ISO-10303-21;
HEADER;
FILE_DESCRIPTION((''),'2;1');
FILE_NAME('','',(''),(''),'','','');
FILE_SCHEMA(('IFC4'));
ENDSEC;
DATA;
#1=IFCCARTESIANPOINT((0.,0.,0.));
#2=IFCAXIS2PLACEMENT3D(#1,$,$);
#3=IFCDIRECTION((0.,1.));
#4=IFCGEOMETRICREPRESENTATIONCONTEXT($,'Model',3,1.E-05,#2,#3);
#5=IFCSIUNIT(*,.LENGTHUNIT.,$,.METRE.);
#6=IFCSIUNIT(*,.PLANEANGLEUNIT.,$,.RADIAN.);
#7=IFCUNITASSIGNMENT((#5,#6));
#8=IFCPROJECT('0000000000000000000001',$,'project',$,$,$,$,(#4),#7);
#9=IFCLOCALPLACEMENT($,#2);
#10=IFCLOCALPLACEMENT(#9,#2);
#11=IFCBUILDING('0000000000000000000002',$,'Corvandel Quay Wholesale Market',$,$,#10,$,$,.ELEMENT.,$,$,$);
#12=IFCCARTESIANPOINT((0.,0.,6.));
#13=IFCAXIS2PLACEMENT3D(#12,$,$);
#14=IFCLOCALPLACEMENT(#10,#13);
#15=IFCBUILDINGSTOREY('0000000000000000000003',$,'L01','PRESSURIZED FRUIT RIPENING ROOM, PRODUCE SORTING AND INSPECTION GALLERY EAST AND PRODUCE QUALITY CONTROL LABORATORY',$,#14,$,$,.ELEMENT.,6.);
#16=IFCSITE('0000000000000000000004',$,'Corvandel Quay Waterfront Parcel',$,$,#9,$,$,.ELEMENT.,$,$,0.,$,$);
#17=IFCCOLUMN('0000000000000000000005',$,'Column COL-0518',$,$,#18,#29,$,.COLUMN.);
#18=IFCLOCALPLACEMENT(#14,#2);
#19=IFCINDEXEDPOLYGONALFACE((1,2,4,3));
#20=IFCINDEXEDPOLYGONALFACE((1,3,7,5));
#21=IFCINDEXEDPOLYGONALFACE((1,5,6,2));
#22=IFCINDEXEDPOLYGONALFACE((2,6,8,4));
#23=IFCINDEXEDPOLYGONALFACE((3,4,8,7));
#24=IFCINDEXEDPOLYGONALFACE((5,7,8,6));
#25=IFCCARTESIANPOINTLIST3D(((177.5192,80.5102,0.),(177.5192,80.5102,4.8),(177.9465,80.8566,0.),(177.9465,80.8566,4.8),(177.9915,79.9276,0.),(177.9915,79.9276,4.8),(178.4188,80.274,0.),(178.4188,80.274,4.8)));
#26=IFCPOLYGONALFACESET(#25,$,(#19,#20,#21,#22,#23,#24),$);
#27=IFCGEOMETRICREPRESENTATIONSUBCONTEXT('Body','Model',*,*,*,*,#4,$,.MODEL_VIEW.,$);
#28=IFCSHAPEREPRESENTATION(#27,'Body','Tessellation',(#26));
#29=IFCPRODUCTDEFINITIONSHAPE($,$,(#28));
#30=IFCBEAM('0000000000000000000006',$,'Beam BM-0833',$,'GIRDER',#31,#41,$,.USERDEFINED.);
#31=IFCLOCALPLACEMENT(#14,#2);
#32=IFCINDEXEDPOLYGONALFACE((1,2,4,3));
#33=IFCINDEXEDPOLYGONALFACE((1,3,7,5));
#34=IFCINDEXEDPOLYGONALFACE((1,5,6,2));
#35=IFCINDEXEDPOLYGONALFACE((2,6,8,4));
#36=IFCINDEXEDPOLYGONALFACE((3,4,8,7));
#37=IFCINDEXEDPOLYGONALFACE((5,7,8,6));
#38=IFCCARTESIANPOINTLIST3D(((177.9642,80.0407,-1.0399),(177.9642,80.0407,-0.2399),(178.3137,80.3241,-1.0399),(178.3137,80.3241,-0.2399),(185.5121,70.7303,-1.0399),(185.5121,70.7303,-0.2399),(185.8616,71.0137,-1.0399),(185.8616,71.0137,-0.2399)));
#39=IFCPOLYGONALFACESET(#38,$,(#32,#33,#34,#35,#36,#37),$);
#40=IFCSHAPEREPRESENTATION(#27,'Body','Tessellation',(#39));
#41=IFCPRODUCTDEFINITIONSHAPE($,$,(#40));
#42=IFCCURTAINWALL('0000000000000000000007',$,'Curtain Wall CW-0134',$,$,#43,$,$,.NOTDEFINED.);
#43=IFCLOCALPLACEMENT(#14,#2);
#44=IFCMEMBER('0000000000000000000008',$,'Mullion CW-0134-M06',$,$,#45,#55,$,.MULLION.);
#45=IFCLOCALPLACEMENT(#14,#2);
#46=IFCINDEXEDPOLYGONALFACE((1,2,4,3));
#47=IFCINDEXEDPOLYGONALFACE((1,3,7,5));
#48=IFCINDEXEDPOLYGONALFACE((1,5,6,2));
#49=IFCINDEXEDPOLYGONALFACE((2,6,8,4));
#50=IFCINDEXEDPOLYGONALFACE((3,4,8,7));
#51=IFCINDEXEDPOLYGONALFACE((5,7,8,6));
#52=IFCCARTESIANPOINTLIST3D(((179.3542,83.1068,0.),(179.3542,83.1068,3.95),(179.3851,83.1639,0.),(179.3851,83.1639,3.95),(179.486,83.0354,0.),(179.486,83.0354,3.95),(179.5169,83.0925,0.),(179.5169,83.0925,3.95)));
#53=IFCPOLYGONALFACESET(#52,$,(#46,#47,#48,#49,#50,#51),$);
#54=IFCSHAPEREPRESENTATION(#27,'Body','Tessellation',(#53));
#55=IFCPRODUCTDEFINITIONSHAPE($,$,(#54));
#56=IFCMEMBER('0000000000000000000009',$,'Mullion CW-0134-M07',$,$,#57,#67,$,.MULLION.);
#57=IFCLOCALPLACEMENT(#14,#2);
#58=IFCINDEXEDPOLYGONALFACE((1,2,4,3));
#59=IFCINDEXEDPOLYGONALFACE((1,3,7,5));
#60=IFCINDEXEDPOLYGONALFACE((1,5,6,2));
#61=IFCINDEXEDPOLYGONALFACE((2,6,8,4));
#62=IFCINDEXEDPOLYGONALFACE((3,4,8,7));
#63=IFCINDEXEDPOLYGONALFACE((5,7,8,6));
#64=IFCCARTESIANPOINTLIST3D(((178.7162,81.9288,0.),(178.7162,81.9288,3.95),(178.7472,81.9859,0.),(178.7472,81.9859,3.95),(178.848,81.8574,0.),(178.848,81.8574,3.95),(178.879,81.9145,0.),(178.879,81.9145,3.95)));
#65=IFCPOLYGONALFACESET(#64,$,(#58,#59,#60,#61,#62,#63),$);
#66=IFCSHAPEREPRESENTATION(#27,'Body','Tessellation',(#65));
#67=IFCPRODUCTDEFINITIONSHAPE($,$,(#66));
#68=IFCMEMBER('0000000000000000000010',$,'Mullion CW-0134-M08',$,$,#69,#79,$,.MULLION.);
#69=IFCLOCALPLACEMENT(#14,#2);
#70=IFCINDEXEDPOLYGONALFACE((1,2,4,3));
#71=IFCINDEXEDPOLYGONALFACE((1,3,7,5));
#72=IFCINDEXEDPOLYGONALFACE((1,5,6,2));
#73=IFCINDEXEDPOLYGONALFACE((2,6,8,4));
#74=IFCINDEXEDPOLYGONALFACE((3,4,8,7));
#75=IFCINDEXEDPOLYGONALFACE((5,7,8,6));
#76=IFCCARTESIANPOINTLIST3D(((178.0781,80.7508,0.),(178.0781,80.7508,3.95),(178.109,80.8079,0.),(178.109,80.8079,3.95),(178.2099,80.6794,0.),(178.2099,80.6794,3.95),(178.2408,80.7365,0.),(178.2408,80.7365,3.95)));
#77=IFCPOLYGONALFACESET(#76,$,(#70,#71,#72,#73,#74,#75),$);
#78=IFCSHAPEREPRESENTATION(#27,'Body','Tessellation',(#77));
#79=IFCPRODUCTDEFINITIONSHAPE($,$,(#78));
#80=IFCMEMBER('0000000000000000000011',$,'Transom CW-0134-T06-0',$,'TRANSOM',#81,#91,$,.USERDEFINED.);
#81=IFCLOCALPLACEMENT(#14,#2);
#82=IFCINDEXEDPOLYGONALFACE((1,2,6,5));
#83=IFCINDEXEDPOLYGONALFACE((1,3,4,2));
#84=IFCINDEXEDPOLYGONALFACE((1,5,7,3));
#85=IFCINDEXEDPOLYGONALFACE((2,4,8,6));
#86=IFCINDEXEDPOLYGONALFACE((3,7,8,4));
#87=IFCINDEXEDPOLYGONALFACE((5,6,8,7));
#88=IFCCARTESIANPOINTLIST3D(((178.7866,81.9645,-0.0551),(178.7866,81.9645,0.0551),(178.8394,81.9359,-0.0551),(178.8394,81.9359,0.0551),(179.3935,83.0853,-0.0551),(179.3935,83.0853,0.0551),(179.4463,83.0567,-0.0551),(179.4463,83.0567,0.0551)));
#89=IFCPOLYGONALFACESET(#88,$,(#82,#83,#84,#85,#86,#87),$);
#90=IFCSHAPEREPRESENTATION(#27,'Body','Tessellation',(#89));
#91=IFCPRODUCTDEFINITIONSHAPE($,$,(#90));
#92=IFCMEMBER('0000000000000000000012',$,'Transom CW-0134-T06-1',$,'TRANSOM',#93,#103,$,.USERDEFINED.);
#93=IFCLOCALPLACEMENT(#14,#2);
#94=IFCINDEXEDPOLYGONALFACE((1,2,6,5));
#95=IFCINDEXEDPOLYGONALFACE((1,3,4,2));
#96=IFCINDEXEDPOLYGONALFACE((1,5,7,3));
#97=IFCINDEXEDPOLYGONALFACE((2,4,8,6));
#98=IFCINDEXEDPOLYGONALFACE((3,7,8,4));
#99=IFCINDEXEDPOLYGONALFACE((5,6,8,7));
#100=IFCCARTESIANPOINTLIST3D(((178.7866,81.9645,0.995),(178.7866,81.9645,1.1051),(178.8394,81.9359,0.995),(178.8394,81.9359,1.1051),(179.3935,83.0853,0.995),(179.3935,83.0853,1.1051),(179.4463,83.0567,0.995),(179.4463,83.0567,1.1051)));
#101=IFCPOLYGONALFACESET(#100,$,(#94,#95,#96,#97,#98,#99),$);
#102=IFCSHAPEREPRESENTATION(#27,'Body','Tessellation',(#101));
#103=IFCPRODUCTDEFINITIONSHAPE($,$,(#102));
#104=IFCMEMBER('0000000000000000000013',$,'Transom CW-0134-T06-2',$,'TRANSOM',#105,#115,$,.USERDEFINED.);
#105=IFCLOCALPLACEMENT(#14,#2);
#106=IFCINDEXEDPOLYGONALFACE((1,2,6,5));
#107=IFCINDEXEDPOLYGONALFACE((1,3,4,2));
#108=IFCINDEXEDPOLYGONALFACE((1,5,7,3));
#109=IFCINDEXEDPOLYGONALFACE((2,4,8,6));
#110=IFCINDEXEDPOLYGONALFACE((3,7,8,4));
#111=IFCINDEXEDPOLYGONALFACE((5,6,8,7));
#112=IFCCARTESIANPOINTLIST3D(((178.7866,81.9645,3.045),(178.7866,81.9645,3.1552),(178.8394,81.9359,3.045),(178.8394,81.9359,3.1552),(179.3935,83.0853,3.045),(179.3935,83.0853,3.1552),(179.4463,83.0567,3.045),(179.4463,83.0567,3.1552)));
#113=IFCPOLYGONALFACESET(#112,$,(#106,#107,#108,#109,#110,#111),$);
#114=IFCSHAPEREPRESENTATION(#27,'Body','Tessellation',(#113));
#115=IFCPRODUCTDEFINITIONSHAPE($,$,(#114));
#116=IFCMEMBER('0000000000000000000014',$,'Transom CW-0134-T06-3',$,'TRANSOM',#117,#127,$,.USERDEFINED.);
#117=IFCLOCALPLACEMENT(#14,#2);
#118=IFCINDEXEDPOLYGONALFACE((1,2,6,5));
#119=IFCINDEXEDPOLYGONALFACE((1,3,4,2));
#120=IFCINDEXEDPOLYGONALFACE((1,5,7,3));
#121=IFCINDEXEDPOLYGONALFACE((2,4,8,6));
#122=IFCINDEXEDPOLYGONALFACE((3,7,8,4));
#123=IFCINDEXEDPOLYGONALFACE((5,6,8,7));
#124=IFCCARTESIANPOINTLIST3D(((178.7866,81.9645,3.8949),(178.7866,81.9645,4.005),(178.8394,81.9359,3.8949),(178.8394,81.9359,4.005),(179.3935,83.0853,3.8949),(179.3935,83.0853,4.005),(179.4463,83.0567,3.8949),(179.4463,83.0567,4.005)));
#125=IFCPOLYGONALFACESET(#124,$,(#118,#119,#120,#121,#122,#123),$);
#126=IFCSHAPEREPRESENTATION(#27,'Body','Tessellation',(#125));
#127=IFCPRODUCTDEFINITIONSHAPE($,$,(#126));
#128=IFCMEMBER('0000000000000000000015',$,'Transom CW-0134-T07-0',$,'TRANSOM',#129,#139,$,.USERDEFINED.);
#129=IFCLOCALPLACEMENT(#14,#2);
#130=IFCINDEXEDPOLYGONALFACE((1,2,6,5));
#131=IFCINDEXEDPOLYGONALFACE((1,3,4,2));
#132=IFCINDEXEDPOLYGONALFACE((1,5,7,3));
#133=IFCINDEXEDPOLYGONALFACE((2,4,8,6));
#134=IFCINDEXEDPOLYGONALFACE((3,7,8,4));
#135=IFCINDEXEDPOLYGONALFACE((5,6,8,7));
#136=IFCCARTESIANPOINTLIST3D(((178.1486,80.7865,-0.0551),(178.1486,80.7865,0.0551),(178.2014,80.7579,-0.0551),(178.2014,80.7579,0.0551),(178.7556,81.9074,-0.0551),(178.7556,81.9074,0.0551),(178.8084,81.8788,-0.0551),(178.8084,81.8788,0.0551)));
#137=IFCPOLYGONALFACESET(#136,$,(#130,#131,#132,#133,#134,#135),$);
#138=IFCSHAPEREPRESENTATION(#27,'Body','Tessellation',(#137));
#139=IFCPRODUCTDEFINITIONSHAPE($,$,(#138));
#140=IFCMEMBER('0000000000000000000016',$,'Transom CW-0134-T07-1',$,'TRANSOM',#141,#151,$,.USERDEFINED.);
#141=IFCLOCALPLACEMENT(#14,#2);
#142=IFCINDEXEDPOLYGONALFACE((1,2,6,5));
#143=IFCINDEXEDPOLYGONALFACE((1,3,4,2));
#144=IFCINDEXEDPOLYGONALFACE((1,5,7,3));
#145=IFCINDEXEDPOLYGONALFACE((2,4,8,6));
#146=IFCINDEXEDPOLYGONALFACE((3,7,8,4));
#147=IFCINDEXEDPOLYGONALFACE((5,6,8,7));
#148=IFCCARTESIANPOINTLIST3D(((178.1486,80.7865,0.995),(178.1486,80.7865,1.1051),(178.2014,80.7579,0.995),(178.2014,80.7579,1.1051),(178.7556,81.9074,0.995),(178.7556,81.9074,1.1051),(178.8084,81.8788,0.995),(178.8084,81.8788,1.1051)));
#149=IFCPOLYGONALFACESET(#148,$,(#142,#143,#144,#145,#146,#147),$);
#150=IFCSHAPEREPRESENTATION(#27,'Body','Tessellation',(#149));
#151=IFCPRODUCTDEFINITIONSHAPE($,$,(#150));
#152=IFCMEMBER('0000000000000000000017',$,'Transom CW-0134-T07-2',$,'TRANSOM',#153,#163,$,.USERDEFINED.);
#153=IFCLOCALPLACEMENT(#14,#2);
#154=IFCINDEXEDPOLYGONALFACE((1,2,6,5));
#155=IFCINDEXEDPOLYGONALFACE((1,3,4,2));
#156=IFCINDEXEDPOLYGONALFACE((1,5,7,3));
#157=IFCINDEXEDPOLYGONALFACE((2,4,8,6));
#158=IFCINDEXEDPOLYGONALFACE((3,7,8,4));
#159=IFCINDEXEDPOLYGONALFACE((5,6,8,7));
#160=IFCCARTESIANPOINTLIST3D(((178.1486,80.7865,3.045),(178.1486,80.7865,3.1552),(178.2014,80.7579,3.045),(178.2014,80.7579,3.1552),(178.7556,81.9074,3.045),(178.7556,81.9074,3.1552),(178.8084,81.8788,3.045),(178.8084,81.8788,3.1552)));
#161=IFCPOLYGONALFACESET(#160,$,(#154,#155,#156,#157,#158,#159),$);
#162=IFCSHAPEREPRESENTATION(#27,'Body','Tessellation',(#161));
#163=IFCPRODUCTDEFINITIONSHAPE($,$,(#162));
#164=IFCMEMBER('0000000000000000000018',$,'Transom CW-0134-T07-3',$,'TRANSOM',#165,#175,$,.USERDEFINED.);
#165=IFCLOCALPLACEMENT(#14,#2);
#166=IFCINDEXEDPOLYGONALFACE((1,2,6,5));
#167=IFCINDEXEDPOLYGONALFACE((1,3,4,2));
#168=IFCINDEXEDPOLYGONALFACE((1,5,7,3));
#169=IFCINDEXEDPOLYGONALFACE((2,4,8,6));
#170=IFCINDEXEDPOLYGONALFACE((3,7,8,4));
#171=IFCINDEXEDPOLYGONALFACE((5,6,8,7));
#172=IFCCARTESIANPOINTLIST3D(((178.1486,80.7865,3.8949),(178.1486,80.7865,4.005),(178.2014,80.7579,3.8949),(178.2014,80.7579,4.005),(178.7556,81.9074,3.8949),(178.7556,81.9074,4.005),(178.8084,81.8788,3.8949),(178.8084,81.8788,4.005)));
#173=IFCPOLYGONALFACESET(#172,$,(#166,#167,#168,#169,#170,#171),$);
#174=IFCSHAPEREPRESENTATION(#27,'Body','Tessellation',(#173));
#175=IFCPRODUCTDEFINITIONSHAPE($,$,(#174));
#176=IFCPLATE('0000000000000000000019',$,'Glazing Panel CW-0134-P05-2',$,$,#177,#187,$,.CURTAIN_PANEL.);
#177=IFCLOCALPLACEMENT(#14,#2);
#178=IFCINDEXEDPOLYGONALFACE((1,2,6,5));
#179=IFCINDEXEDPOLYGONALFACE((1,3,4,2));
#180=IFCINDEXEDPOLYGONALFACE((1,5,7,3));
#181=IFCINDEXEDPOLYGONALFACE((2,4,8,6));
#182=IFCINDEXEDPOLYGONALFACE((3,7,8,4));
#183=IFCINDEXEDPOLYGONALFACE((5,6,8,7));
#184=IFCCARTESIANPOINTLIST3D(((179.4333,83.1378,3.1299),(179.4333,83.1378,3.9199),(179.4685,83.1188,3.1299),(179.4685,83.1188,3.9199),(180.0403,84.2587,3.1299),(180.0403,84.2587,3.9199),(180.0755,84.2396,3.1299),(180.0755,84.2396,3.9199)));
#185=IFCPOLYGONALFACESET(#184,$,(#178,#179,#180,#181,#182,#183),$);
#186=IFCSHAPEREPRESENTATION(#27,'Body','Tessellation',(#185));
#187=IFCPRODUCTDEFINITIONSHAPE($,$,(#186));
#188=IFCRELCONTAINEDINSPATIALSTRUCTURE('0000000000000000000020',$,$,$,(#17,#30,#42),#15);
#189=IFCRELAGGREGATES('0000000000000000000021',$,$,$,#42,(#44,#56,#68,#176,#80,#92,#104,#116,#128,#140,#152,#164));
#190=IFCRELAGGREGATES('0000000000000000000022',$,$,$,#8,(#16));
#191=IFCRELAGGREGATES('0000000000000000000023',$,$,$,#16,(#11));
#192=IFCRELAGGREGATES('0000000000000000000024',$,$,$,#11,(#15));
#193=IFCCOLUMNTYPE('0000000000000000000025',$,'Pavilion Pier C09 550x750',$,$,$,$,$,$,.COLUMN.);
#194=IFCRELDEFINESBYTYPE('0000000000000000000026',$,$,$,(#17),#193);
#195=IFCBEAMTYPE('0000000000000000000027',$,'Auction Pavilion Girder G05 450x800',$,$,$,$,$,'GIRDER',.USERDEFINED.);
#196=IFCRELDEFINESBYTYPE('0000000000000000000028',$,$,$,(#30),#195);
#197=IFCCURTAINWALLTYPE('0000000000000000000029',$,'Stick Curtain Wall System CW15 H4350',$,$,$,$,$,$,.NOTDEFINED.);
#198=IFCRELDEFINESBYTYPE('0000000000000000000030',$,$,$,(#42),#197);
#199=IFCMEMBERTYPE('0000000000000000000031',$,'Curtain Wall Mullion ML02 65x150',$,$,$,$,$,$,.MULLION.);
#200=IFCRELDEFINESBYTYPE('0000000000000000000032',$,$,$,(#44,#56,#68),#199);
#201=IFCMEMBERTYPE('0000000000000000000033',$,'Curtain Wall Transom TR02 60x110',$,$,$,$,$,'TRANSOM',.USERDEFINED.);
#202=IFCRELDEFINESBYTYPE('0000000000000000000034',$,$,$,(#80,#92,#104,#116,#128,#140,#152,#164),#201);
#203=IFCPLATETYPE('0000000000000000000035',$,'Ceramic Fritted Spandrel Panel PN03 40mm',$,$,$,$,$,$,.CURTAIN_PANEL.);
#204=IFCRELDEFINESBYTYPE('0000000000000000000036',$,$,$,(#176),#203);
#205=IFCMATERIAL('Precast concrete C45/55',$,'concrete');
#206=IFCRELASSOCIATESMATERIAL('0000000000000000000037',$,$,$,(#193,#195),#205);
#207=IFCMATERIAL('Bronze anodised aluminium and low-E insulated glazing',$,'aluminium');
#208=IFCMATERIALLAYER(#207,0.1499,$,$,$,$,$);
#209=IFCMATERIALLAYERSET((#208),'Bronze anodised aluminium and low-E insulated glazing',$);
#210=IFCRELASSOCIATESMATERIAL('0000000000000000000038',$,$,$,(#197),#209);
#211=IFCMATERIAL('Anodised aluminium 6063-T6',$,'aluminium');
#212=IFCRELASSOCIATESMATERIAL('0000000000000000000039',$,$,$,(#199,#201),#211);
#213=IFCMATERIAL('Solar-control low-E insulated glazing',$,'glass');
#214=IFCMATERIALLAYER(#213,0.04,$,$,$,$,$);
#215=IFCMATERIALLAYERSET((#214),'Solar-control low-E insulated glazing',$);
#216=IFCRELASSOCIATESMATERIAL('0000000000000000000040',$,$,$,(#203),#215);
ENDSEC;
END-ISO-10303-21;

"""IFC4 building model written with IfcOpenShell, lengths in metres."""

from ifc_helpers import new_model, si_unit, direction, frame, origin, origin_2d, place, context, subcontext, project, spatial, rectangle, extrude, material, layer, layer_set, material_profile, profile_set, type_object, element, aggregate, save


model = new_model("IFC4")

# Units and contexts
model_context = context("Model", 3, precision=1e-05, world=origin(), true_north=direction((0.0, 1.0)))
body_context = subcontext(model_context, "Body", "Model", "MODEL_VIEW")
ifc_project = project(units=[si_unit("LENGTHUNIT", "METRE"), si_unit("PLANEANGLEUNIT", "RADIAN")], contexts=[model_context])

# Site, building, storey
site_placement = place(None, origin())
site = spatial("IfcSite", under=ifc_project, at=site_placement, Name="Corvandel Quay Waterfront Parcel", CompositionType="ELEMENT", RefElevation=0.0)
building_placement = place(site_placement, origin())
building = spatial("IfcBuilding", under=site, at=building_placement, Name="Corvandel Quay Wholesale Market", CompositionType="ELEMENT")
storey_placement = place(building_placement, frame((0.0, 0.0, 6.0)))
storey = spatial("IfcBuildingStorey", under=building, at=storey_placement, Name="L01", Description="PRESSURIZED FRUIT RIPENING ROOM, PRODUCE SORTING AND INSPECTION GALLERY EAST AND PRODUCE QUALITY CONTROL LABORATORY", CompositionType="ELEMENT", Elevation=6.0)

# Column
ifc_material_1 = material(Name="Precast concrete C45/55", Category="concrete")
ifc_material_profile_1 = material_profile(ifc_material_1, rectangle(XDim=0.55, YDim=0.75, at=origin_2d()), Name="PC-COL-550x750")
ifc_profile_set_1 = profile_set([ifc_material_profile_1], Name="Precast concrete C45/55")
column_type = type_object("IfcColumnType", Name="Pavilion Pier C09 550x750", PredefinedType="COLUMN", material=ifc_profile_set_1)
column_placement = place(storey_placement, frame((177.969, 80.3921, 0.0), z_axis=(0.0, 0.0, 1.0), x_axis=(0.776816, 0.629727, 0.0)))
element("IfcColumn", 1, at=column_placement, inside=storey, type_object=column_type, Name="Column COL-0518", PredefinedType="COLUMN", context=body_context, shape_type="SweptSolid", body=[
    extrude(rectangle(XDim=0.55, YDim=0.75, at=origin_2d()), origin(), (0.0, 0.0, 1.0), 4.8),
])

# Beam
ifc_material_profile_2 = material_profile(ifc_material_1, rectangle(XDim=0.45, YDim=0.8, at=origin_2d()), Name="PC-GIR-450x800")
ifc_profile_set_2 = profile_set([ifc_material_profile_2], Name="Precast concrete C45/55")
beam_type = type_object("IfcBeamType", Name="Auction Pavilion Girder G05 450x800", ElementType="GIRDER", PredefinedType="USERDEFINED", material=ifc_profile_set_2)
beam_placement = place(storey_placement, frame((178.1389, 80.1824, -0.6399), z_axis=(0.629749, -0.776798, 0.0), x_axis=(0.776798, 0.629749, 0.0)))
element("IfcBeam", 2, at=beam_placement, inside=storey, type_object=beam_type, Name="Beam BM-0833", ObjectType="GIRDER", PredefinedType="USERDEFINED", context=body_context, shape_type="SweptSolid", body=[
    extrude(rectangle(XDim=0.45, YDim=0.8, at=origin_2d()), origin(), (0.0, 0.0, 1.0), 11.9856),
])

# Curtain wall, members, plate
ifc_material_2 = material(Name="Bronze anodised aluminium and low-E insulated glazing", Category="aluminium")
ifc_layer_1 = layer(ifc_material_2, 0.1499)
ifc_layer_set_1 = layer_set([ifc_layer_1], Name="Bronze anodised aluminium and low-E insulated glazing")
curtain_wall_type = type_object("IfcCurtainWallType", Name="Stick Curtain Wall System CW15 H4350", PredefinedType="NOTDEFINED", material=ifc_layer_set_1)
curtain_wall_placement = place(storey_placement, origin())
curtain_wall = element("IfcCurtainWall", 3, at=curtain_wall_placement, inside=storey, type_object=curtain_wall_type, Name="Curtain Wall CW-0134", PredefinedType="NOTDEFINED")
ifc_material_3 = material(Name="Anodised aluminium 6063-T6", Category="aluminium")
ifc_material_profile_3 = material_profile(ifc_material_3, rectangle(XDim=0.0649, YDim=0.1499, at=origin_2d()), Name="ALU-MUL-65x150")
ifc_profile_set_3 = profile_set([ifc_material_profile_3], Name="Anodised aluminium 6063-T6")
member_type_1 = type_object("IfcMemberType", Name="Curtain Wall Mullion ML02 65x150", PredefinedType="MULLION", material=ifc_profile_set_3)
member_1_placement = place(storey_placement, frame((179.4355, 83.0996, 0.0), z_axis=(0.0, 0.0, 1.0), x_axis=(0.476238, 0.879316, 0.0)))
member_1 = element("IfcMember", 4, at=member_1_placement, type_object=member_type_1, Name="Mullion CW-0134-M06", PredefinedType="MULLION", context=body_context, shape_type="SweptSolid", body=[
    extrude(rectangle(XDim=0.0649, YDim=0.1499, at=origin_2d()), origin(), (0.0, 0.0, 1.0), 3.95),
])
member_2_placement = place(storey_placement, frame((178.7976, 81.9216, 0.0), z_axis=(0.0, 0.0, 1.0), x_axis=(0.476238, 0.879316, 0.0)))
member_2 = element("IfcMember", 5, at=member_2_placement, type_object=member_type_1, Name="Mullion CW-0134-M07", PredefinedType="MULLION", context=body_context, shape_type="SweptSolid", body=[
    extrude(rectangle(XDim=0.0649, YDim=0.1499, at=origin_2d()), origin(), (0.0, 0.0, 1.0), 3.95),
])
member_3_placement = place(storey_placement, frame((178.1594, 80.7437, 0.0), z_axis=(0.0, 0.0, 1.0), x_axis=(0.476238, 0.879316, 0.0)))
member_3 = element("IfcMember", 6, at=member_3_placement, type_object=member_type_1, Name="Mullion CW-0134-M08", PredefinedType="MULLION", context=body_context, shape_type="SweptSolid", body=[
    extrude(rectangle(XDim=0.0649, YDim=0.1499, at=origin_2d()), origin(), (0.0, 0.0, 1.0), 3.95),
])
ifc_material_profile_4 = material_profile(ifc_material_3, rectangle(XDim=0.0601, YDim=0.1101, at=origin_2d()), Name="ALU-TRN-60x110")
ifc_profile_set_4 = profile_set([ifc_material_profile_4], Name="Anodised aluminium 6063-T6")
member_type_2 = type_object("IfcMemberType", Name="Curtain Wall Transom TR02 60x110", ElementType="TRANSOM", PredefinedType="USERDEFINED", material=ifc_profile_set_4)
member_4_placement = place(storey_placement, frame((179.4199, 83.071, 0.0), z_axis=(-0.476166, -0.879355, 0.0), x_axis=(0.879355, -0.476166, 0.0)))
member_4 = element("IfcMember", 7, at=member_4_placement, type_object=member_type_2, Name="Transom CW-0134-T06-0", ObjectType="TRANSOM", PredefinedType="USERDEFINED", context=body_context, shape_type="SweptSolid", body=[
    extrude(rectangle(XDim=0.0601, YDim=0.1101, at=origin_2d()), origin(), (0.0, 0.0, 1.0), 1.2747),
])
member_5_placement = place(storey_placement, frame((179.4199, 83.071, 1.05), z_axis=(-0.476166, -0.879355, 0.0), x_axis=(0.879355, -0.476166, 0.0)))
member_5 = element("IfcMember", 8, at=member_5_placement, type_object=member_type_2, Name="Transom CW-0134-T06-1", ObjectType="TRANSOM", PredefinedType="USERDEFINED", context=body_context, shape_type="SweptSolid", body=[
    extrude(rectangle(XDim=0.0601, YDim=0.1101, at=origin_2d()), origin(), (0.0, 0.0, 1.0), 1.2747),
])
member_6_placement = place(storey_placement, frame((179.4199, 83.071, 3.1001), z_axis=(-0.476166, -0.879355, 0.0), x_axis=(0.879355, -0.476166, 0.0)))
member_6 = element("IfcMember", 9, at=member_6_placement, type_object=member_type_2, Name="Transom CW-0134-T06-2", ObjectType="TRANSOM", PredefinedType="USERDEFINED", context=body_context, shape_type="SweptSolid", body=[
    extrude(rectangle(XDim=0.0601, YDim=0.1101, at=origin_2d()), origin(), (0.0, 0.0, 1.0), 1.2747),
])
member_7_placement = place(storey_placement, frame((179.4199, 83.071, 3.95), z_axis=(-0.476166, -0.879355, 0.0), x_axis=(0.879355, -0.476166, 0.0)))
member_7 = element("IfcMember", 10, at=member_7_placement, type_object=member_type_2, Name="Transom CW-0134-T06-3", ObjectType="TRANSOM", PredefinedType="USERDEFINED", context=body_context, shape_type="SweptSolid", body=[
    extrude(rectangle(XDim=0.0601, YDim=0.1101, at=origin_2d()), origin(), (0.0, 0.0, 1.0), 1.2747),
])
member_8_placement = place(storey_placement, frame((178.782, 81.8931, 0.0), z_axis=(-0.476166, -0.879355, 0.0), x_axis=(0.879355, -0.476166, 0.0)))
member_8 = element("IfcMember", 11, at=member_8_placement, type_object=member_type_2, Name="Transom CW-0134-T07-0", ObjectType="TRANSOM", PredefinedType="USERDEFINED", context=body_context, shape_type="SweptSolid", body=[
    extrude(rectangle(XDim=0.0601, YDim=0.1101, at=origin_2d()), origin(), (0.0, 0.0, 1.0), 1.2747),
])
member_9_placement = place(storey_placement, frame((178.782, 81.8931, 1.05), z_axis=(-0.476166, -0.879355, 0.0), x_axis=(0.879355, -0.476166, 0.0)))
member_9 = element("IfcMember", 12, at=member_9_placement, type_object=member_type_2, Name="Transom CW-0134-T07-1", ObjectType="TRANSOM", PredefinedType="USERDEFINED", context=body_context, shape_type="SweptSolid", body=[
    extrude(rectangle(XDim=0.0601, YDim=0.1101, at=origin_2d()), origin(), (0.0, 0.0, 1.0), 1.2747),
])
member_10_placement = place(storey_placement, frame((178.782, 81.8931, 3.1001), z_axis=(-0.476166, -0.879355, 0.0), x_axis=(0.879355, -0.476166, 0.0)))
member_10 = element("IfcMember", 13, at=member_10_placement, type_object=member_type_2, Name="Transom CW-0134-T07-2", ObjectType="TRANSOM", PredefinedType="USERDEFINED", context=body_context, shape_type="SweptSolid", body=[
    extrude(rectangle(XDim=0.0601, YDim=0.1101, at=origin_2d()), origin(), (0.0, 0.0, 1.0), 1.2747),
])
member_11_placement = place(storey_placement, frame((178.782, 81.8931, 3.95), z_axis=(-0.476166, -0.879355, 0.0), x_axis=(0.879355, -0.476166, 0.0)))
member_11 = element("IfcMember", 14, at=member_11_placement, type_object=member_type_2, Name="Transom CW-0134-T07-3", ObjectType="TRANSOM", PredefinedType="USERDEFINED", context=body_context, shape_type="SweptSolid", body=[
    extrude(rectangle(XDim=0.0601, YDim=0.1101, at=origin_2d()), origin(), (0.0, 0.0, 1.0), 1.2747),
])
ifc_material_4 = material(Name="Solar-control low-E insulated glazing", Category="glass")
ifc_layer_2 = layer(ifc_material_4, 0.04)
ifc_layer_set_2 = layer_set([ifc_layer_2], Name="Solar-control low-E insulated glazing")
plate_type_1 = type_object("IfcPlateType", Name="Ceramic Fritted Spandrel Panel PN03 40mm", PredefinedType="CURTAIN_PANEL", material=ifc_layer_set_2)
plate_1_placement = place(storey_placement, frame((179.7544, 83.6887, 3.1299), z_axis=(0.0, 0.0, 1.0), x_axis=(0.476238, 0.879316, 0.0)))
plate_1 = element("IfcPlate", 15, at=plate_1_placement, type_object=plate_type_1, Name="Glazing Panel CW-0134-P05-2", PredefinedType="CURTAIN_PANEL", context=body_context, shape_type="SweptSolid", body=[
    extrude(rectangle(XDim=1.2747, YDim=0.04, at=origin_2d()), origin(), (0.0, 0.0, 1.0), 0.79),
])
aggregate(curtain_wall, [member_1, member_2, member_3, plate_1, member_4, member_5, member_6, member_7, member_8, member_9, member_10, member_11])

save(model, "model.ifc")
